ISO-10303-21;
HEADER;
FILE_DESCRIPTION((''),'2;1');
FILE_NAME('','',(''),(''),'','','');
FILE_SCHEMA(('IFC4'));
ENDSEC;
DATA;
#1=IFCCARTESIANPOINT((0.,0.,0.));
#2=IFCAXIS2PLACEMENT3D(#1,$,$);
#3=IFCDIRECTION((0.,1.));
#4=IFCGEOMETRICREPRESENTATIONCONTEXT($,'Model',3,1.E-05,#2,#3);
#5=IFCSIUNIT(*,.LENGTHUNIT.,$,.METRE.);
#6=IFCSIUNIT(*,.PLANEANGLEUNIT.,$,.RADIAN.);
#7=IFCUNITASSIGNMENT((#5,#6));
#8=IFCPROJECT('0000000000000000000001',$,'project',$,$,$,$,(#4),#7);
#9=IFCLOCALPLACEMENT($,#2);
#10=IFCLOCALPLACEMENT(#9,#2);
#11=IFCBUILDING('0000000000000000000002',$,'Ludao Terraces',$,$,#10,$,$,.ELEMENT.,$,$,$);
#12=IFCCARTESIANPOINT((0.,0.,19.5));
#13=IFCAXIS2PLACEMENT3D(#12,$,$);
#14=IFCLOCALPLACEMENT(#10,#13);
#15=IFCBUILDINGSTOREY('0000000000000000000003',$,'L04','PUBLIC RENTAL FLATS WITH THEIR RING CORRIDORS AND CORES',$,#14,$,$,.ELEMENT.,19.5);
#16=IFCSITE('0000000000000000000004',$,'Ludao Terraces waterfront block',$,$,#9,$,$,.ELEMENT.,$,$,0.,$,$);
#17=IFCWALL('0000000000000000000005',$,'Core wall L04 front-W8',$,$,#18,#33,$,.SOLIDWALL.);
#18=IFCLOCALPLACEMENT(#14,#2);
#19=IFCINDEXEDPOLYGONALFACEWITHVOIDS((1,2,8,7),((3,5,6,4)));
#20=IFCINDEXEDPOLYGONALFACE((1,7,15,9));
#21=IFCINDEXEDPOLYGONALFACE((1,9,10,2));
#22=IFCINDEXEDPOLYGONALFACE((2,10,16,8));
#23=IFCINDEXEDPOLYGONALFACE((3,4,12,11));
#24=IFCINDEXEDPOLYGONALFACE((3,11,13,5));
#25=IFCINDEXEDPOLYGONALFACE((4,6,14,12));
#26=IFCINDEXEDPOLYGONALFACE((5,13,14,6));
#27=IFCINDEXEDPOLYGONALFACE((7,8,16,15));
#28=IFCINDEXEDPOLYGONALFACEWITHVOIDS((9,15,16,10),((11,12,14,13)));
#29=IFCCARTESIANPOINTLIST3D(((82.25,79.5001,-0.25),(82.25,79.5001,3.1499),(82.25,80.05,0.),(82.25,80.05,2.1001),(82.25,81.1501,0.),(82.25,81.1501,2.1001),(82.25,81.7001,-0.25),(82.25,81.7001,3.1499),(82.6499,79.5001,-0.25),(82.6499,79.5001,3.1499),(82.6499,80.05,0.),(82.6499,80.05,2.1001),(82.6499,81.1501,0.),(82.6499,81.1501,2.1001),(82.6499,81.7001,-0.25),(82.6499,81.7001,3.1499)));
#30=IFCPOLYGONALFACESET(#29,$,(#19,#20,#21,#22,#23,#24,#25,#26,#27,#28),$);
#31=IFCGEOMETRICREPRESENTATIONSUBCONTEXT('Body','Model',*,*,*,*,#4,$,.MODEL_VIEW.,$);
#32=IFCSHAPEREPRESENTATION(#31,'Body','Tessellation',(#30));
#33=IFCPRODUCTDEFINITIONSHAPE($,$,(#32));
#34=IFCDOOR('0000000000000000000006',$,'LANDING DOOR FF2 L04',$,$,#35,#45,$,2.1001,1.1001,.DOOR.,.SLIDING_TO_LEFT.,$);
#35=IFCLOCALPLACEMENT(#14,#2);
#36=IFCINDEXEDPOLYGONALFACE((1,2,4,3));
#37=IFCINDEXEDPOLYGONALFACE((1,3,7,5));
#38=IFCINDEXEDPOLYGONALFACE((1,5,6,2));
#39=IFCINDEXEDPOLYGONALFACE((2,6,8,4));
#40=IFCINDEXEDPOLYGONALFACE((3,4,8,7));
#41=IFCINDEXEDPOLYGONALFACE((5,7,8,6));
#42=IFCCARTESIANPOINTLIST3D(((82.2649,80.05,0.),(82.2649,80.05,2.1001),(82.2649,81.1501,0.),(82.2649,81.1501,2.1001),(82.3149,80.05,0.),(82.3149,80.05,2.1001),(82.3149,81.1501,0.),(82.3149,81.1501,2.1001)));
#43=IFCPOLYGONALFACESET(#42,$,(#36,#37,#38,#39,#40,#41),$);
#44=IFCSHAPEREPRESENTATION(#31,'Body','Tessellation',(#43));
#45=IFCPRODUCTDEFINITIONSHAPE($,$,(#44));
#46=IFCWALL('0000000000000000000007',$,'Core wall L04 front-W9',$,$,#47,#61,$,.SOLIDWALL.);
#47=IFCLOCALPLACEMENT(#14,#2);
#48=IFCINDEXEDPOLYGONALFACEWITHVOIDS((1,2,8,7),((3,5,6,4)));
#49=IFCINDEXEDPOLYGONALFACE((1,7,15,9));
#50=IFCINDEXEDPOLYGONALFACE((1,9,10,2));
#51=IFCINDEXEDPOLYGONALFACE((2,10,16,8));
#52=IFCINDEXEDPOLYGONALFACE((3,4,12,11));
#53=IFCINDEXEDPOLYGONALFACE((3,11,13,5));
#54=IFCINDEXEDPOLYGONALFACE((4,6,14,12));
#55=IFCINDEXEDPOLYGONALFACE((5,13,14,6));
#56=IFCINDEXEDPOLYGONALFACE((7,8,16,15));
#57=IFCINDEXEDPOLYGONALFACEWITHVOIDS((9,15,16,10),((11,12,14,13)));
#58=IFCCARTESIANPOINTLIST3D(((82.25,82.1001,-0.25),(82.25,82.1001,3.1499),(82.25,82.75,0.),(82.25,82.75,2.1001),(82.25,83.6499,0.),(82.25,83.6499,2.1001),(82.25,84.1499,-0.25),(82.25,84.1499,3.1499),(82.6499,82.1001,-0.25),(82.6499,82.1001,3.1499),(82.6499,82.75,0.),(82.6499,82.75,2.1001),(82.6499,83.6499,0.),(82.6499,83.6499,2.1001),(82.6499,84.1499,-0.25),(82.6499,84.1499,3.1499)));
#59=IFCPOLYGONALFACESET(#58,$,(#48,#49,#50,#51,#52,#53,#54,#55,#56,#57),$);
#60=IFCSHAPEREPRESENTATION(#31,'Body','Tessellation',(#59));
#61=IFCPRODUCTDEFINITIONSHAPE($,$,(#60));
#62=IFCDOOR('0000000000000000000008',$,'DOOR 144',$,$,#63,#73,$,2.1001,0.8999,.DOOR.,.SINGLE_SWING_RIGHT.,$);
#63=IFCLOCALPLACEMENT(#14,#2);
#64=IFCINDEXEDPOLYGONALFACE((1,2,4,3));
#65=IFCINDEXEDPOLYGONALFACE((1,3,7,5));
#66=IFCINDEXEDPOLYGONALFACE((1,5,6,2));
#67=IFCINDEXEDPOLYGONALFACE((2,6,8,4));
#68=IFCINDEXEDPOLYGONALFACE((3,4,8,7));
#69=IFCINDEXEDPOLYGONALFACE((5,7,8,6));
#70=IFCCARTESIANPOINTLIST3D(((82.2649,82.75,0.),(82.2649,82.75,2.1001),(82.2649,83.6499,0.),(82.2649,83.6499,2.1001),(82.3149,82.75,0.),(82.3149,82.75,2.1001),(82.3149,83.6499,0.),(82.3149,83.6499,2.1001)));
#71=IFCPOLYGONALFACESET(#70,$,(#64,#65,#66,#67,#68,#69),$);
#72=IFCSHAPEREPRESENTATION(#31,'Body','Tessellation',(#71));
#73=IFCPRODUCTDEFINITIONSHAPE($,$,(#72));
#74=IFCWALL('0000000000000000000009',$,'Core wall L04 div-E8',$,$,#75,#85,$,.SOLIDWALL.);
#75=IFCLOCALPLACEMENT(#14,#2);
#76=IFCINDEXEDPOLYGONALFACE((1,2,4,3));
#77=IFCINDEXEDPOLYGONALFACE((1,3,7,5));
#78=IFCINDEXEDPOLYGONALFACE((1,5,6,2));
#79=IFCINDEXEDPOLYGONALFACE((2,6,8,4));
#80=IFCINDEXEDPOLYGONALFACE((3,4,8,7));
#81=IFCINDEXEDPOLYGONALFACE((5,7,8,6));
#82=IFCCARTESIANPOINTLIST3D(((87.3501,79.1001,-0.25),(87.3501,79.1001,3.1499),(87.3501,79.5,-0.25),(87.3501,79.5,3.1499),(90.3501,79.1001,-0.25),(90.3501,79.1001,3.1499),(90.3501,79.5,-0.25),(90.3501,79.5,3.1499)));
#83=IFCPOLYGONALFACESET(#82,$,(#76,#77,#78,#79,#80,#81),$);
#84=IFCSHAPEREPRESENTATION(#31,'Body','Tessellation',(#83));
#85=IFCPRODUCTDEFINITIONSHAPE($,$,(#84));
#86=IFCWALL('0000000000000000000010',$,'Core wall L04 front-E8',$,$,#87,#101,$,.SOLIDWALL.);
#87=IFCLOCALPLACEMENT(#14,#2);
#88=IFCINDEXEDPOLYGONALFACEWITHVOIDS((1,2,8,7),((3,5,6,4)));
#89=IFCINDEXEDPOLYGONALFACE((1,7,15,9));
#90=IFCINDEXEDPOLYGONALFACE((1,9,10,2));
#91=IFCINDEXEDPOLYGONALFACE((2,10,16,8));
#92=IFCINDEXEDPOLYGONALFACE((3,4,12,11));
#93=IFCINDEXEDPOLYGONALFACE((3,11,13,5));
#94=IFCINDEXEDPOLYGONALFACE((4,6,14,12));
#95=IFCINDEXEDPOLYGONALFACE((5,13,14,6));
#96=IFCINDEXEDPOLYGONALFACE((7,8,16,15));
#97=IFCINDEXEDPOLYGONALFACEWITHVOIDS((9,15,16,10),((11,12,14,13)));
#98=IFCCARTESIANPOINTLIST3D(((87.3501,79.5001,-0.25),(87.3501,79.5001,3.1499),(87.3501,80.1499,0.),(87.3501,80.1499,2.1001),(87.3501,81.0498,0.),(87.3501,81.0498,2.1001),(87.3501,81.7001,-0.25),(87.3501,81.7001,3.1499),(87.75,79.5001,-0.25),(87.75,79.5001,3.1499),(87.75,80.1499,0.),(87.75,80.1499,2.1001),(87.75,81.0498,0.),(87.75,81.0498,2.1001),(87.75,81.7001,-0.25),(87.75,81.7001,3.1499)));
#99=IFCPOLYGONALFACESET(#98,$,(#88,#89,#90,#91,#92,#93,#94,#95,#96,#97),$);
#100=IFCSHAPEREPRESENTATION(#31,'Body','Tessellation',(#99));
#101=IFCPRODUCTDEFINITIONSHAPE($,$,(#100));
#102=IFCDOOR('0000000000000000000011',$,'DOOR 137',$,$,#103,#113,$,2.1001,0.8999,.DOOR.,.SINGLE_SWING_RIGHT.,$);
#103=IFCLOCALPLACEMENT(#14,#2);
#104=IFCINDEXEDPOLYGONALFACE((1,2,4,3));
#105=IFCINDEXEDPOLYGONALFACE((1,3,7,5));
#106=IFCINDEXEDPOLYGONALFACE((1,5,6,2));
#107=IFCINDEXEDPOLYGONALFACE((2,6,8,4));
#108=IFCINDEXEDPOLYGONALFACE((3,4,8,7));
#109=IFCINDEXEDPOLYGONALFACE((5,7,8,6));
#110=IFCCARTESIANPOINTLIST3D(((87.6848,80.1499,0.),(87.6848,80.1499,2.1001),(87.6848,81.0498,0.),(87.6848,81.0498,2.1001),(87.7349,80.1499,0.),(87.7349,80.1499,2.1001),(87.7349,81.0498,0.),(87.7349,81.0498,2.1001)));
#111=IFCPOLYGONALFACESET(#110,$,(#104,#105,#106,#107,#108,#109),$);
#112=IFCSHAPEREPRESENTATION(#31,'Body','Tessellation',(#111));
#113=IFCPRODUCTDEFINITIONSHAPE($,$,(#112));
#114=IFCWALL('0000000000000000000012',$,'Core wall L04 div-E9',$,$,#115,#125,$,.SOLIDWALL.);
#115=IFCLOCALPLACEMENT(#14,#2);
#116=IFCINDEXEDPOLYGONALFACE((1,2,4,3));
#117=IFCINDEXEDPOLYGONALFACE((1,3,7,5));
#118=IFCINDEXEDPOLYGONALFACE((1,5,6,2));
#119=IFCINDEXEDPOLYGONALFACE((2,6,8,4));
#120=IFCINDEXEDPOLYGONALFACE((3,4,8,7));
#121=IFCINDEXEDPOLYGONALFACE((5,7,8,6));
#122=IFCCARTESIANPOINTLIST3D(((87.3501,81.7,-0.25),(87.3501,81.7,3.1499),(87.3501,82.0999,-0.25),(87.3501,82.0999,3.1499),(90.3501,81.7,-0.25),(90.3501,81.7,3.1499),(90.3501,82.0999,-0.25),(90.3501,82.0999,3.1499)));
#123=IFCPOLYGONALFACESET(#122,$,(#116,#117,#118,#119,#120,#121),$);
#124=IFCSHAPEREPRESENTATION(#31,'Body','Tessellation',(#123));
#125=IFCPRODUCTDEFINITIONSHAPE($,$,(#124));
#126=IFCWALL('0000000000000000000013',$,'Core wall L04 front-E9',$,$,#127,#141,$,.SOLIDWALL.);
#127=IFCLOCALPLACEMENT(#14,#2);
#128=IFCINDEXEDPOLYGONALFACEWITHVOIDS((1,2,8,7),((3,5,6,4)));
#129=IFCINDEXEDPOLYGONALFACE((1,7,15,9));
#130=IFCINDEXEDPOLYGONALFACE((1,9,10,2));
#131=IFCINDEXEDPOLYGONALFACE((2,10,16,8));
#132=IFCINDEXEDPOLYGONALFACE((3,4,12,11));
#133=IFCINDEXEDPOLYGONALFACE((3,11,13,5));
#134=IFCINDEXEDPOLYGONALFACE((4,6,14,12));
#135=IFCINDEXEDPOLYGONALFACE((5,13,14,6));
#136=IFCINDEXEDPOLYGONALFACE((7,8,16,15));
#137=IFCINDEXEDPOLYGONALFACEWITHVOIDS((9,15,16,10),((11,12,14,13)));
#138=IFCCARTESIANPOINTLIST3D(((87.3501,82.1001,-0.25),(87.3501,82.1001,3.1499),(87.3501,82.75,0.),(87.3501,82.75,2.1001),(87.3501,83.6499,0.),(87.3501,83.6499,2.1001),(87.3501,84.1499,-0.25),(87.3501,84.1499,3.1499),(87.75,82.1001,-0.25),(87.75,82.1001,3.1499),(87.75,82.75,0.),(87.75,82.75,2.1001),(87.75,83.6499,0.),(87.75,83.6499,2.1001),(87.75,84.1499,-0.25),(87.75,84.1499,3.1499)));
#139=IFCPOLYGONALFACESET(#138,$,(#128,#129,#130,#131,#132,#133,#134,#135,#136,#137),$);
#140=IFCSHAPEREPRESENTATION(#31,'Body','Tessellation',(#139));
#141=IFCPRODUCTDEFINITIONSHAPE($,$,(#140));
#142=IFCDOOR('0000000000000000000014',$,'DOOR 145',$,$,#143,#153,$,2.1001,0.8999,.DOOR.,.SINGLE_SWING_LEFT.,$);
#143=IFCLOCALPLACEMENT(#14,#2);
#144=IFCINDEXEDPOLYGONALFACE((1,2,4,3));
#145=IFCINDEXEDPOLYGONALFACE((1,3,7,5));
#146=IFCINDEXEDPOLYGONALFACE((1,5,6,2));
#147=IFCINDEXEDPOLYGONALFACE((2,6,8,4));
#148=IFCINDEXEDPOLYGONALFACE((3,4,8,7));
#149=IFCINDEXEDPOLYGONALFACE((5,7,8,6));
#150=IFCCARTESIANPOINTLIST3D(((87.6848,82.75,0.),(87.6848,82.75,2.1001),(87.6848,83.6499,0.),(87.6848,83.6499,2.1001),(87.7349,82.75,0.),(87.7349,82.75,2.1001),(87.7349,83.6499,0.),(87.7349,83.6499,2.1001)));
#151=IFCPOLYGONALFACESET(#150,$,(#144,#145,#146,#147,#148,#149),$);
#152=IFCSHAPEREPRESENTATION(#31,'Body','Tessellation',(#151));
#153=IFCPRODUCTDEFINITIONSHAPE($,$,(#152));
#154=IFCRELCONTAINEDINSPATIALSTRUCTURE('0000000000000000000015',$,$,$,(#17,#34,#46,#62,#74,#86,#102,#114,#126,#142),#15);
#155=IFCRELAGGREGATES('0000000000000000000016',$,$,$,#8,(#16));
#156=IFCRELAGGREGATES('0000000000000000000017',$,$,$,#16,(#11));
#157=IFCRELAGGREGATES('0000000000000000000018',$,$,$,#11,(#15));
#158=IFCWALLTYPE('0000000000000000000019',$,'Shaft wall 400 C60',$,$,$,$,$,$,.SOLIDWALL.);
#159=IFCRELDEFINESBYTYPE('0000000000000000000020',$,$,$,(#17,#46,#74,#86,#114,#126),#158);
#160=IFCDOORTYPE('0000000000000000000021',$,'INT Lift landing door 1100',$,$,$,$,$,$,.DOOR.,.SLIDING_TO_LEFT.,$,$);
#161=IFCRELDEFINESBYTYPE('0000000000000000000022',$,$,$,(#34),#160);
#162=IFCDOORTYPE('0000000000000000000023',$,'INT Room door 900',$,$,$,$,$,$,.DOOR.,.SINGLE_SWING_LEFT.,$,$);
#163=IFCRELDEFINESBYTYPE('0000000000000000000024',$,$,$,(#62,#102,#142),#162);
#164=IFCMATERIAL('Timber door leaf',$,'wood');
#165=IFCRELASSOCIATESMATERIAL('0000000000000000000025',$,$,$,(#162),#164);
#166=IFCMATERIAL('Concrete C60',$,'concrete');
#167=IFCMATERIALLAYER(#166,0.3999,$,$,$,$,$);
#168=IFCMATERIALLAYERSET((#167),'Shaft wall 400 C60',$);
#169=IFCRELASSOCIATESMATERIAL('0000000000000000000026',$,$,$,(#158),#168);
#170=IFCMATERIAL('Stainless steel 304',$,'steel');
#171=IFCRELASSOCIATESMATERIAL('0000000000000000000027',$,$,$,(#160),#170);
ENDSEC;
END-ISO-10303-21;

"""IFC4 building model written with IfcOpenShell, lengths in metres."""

from ifc_helpers import new_model, si_unit, direction, frame, frame_2d, origin, place, context, subcontext, project, spatial, rectangle, extrude, material, layer, layer_set, type_object, element, fill, save


model = new_model("IFC4")

# Units and contexts
model_context = context("Model", 3, precision=1e-05, world=origin(), true_north=direction((0.0, 1.0)))
body_context = subcontext(model_context, "Body", "Model", "MODEL_VIEW")
ifc_project = project(units=[si_unit("LENGTHUNIT", "METRE"), si_unit("PLANEANGLEUNIT", "RADIAN")], contexts=[model_context])

# Site, building, storey
site_placement = place(None, origin())
site = spatial("IfcSite", under=ifc_project, at=site_placement, Name="Ludao Terraces waterfront block", CompositionType="ELEMENT", RefElevation=0.0)
building_placement = place(site_placement, origin())
building = spatial("IfcBuilding", under=site, at=building_placement, Name="Ludao Terraces", CompositionType="ELEMENT")
storey_placement = place(building_placement, frame((0.0, 0.0, 19.5)))
storey = spatial("IfcBuildingStorey", under=building, at=storey_placement, Name="L04", Description="PUBLIC RENTAL FLATS WITH THEIR RING CORRIDORS AND CORES", CompositionType="ELEMENT", Elevation=19.5)

# Shared definitions
ifc_material_1 = material(Name="Concrete C60", Category="concrete")

# Shared definitions
ifc_material_2 = material(Name="Timber door leaf", Category="wood")
door_type_1 = type_object("IfcDoorType", Name="INT Room door 900", OperationType="SINGLE_SWING_LEFT", PredefinedType="DOOR", material=ifc_material_2)

# Walls, openings, doors
ifc_layer_1 = layer(ifc_material_1, 0.3999)
ifc_layer_set_1 = layer_set([ifc_layer_1], Name="Shaft wall 400 C60")
wall_type_1 = type_object("IfcWallType", Name="Shaft wall 400 C60", PredefinedType="SOLIDWALL", material=ifc_layer_set_1)
wall_1_placement = place(storey_placement, frame((82.45, 79.5, -0.25), z_axis=(0.0, 0.0, 1.0), x_axis=(0.0, 1.0, 0.0)))
wall_1 = element("IfcWall", 1, at=wall_1_placement, inside=storey, type_object=wall_type_1, Name="Core wall L04 front-W8", PredefinedType="SOLIDWALL", context=body_context, shape_type="SweptSolid", body=[
    extrude(rectangle(XDim=2.2, YDim=0.3999, at=frame_2d((1.1001, 0.0))), origin(), (0.0, 0.0, 1.0), 3.3999),
])
opening_1_placement = place(wall_1_placement, frame((0.55, 0.0, 0.25)))
opening_1 = element("IfcOpeningElement", 2, at=opening_1_placement, cuts=wall_1, PredefinedType="OPENING", context=body_context, shape_type="SweptSolid", body=[
    extrude(rectangle(XDim=1.1001, YDim=2.1001, at=frame_2d((0.55, 1.05))), frame((0.0, 0.21, 0.0), z_axis=(0.0, -1.0, 0.0), x_axis=(1.0, 0.0, 0.0)), (0.0, 0.0, 1.0), 0.4199),
])
ifc_material_3 = material(Name="Stainless steel 304", Category="steel")
door_type_2 = type_object("IfcDoorType", Name="INT Lift landing door 1100", OperationType="SLIDING_TO_LEFT", PredefinedType="DOOR", material=ifc_material_3)
door_1_placement = place(opening_1_placement, origin())
door_1 = element("IfcDoor", 3, at=door_1_placement, inside=storey, type_object=door_type_2, Name="LANDING DOOR FF2 L04", OperationType="SLIDING_TO_LEFT", OverallHeight=2.1001, OverallWidth=1.1001, PredefinedType="DOOR", context=body_context, shape_type="SweptSolid", body=[
    extrude(rectangle(XDim=1.1001, YDim=2.1001, at=frame_2d((0.55, 1.05))), frame((0.0, 0.1851, 0.0), z_axis=(0.0, -1.0, 0.0), x_axis=(1.0, 0.0, 0.0)), (0.0, 0.0, 1.0), 0.05),
])
fill(opening_1, door_1)
wall_2_placement = place(storey_placement, frame((82.45, 82.1001, -0.25), z_axis=(0.0, 0.0, 1.0), x_axis=(0.0, 1.0, 0.0)))
wall_2 = element("IfcWall", 4, at=wall_2_placement, inside=storey, type_object=wall_type_1, Name="Core wall L04 front-W9", PredefinedType="SOLIDWALL", context=body_context, shape_type="SweptSolid", body=[
    extrude(rectangle(XDim=2.0498, YDim=0.3999, at=frame_2d((1.0249, 0.0))), origin(), (0.0, 0.0, 1.0), 3.3999),
])
opening_2_placement = place(wall_2_placement, frame((0.6499, 0.0, 0.25)))
opening_2 = element("IfcOpeningElement", 5, at=opening_2_placement, cuts=wall_2, PredefinedType="OPENING", context=body_context, shape_type="SweptSolid", body=[
    extrude(rectangle(XDim=0.8999, YDim=2.1001, at=frame_2d((0.45, 1.05))), frame((0.0, 0.21, 0.0), z_axis=(0.0, -1.0, 0.0), x_axis=(1.0, 0.0, 0.0)), (0.0, 0.0, 1.0), 0.4199),
])
door_2_placement = place(opening_2_placement, origin())
door_2 = element("IfcDoor", 6, at=door_2_placement, inside=storey, type_object=door_type_1, Name="DOOR 144", OperationType="SINGLE_SWING_RIGHT", OverallHeight=2.1001, OverallWidth=0.8999, PredefinedType="DOOR", context=body_context, shape_type="SweptSolid", body=[
    extrude(rectangle(XDim=0.8999, YDim=2.1001, at=frame_2d((0.45, 1.05))), frame((0.0, 0.1851, 0.0), z_axis=(0.0, -1.0, 0.0), x_axis=(1.0, 0.0, 0.0)), (0.0, 0.0, 1.0), 0.05),
])
fill(opening_2, door_2)

# Wall
wall_3_placement = place(storey_placement, frame((87.3501, 79.3, -0.25), z_axis=(0.0, 0.0, 1.0), x_axis=(1.0, 0.0, 0.0)))
element("IfcWall", 7, at=wall_3_placement, inside=storey, type_object=wall_type_1, Name="Core wall L04 div-E8", PredefinedType="SOLIDWALL", context=body_context, shape_type="SweptSolid", body=[
    extrude(rectangle(XDim=3.0, YDim=0.3999, at=frame_2d((1.5, 0.0))), origin(), (0.0, 0.0, 1.0), 3.3999),
])

# Wall, opening, door
wall_4_placement = place(storey_placement, frame((87.55, 79.5, -0.25), z_axis=(0.0, 0.0, 1.0), x_axis=(0.0, 1.0, 0.0)))
wall_4 = element("IfcWall", 8, at=wall_4_placement, inside=storey, type_object=wall_type_1, Name="Core wall L04 front-E8", PredefinedType="SOLIDWALL", context=body_context, shape_type="SweptSolid", body=[
    extrude(rectangle(XDim=2.2, YDim=0.3999, at=frame_2d((1.1001, 0.0))), origin(), (0.0, 0.0, 1.0), 3.3999),
])
opening_3_placement = place(wall_4_placement, frame((0.6499, 0.0, 0.25)))
opening_3 = element("IfcOpeningElement", 9, at=opening_3_placement, cuts=wall_4, PredefinedType="OPENING", context=body_context, shape_type="SweptSolid", body=[
    extrude(rectangle(XDim=0.8999, YDim=2.1001, at=frame_2d((0.45, 1.05))), frame((0.0, 0.21, 0.0), z_axis=(0.0, -1.0, 0.0), x_axis=(1.0, 0.0, 0.0)), (0.0, 0.0, 1.0), 0.4199),
])
door_3_placement = place(opening_3_placement, origin())
door_3 = element("IfcDoor", 10, at=door_3_placement, inside=storey, type_object=door_type_1, Name="DOOR 137", OperationType="SINGLE_SWING_RIGHT", OverallHeight=2.1001, OverallWidth=0.8999, PredefinedType="DOOR", context=body_context, shape_type="SweptSolid", body=[
    extrude(rectangle(XDim=0.8999, YDim=2.1001, at=frame_2d((0.45, 1.05))), frame((0.0, -0.1348, 0.0), z_axis=(0.0, -1.0, 0.0), x_axis=(1.0, 0.0, 0.0)), (0.0, 0.0, 1.0), 0.05),
])
fill(opening_3, door_3)

# Wall
wall_5_placement = place(storey_placement, frame((87.3501, 81.8999, -0.25), z_axis=(0.0, 0.0, 1.0), x_axis=(1.0, 0.0, 0.0)))
element("IfcWall", 11, at=wall_5_placement, inside=storey, type_object=wall_type_1, Name="Core wall L04 div-E9", PredefinedType="SOLIDWALL", context=body_context, shape_type="SweptSolid", body=[
    extrude(rectangle(XDim=3.0, YDim=0.3999, at=frame_2d((1.5, 0.0))), origin(), (0.0, 0.0, 1.0), 3.3999),
])

# Wall, opening, door
wall_6_placement = place(storey_placement, frame((87.55, 82.1001, -0.25), z_axis=(0.0, 0.0, 1.0), x_axis=(0.0, 1.0, 0.0)))
wall_6 = element("IfcWall", 12, at=wall_6_placement, inside=storey, type_object=wall_type_1, Name="Core wall L04 front-E9", PredefinedType="SOLIDWALL", context=body_context, shape_type="SweptSolid", body=[
    extrude(rectangle(XDim=2.0498, YDim=0.3999, at=frame_2d((1.0249, 0.0))), origin(), (0.0, 0.0, 1.0), 3.3999),
])
opening_4_placement = place(wall_6_placement, frame((0.6499, 0.0, 0.25)))
opening_4 = element("IfcOpeningElement", 13, at=opening_4_placement, cuts=wall_6, PredefinedType="OPENING", context=body_context, shape_type="SweptSolid", body=[
    extrude(rectangle(XDim=0.8999, YDim=2.1001, at=frame_2d((0.45, 1.05))), frame((0.0, 0.21, 0.0), z_axis=(0.0, -1.0, 0.0), x_axis=(1.0, 0.0, 0.0)), (0.0, 0.0, 1.0), 0.4199),
])
door_4_placement = place(opening_4_placement, origin())
door_4 = element("IfcDoor", 14, at=door_4_placement, inside=storey, type_object=door_type_1, Name="DOOR 145", OperationType="SINGLE_SWING_LEFT", OverallHeight=2.1001, OverallWidth=0.8999, PredefinedType="DOOR", context=body_context, shape_type="SweptSolid", body=[
    extrude(rectangle(XDim=0.8999, YDim=2.1001, at=frame_2d((0.45, 1.05))), frame((0.0, -0.1348, 0.0), z_axis=(0.0, -1.0, 0.0), x_axis=(1.0, 0.0, 0.0)), (0.0, 0.0, 1.0), 0.05),
])
fill(opening_4, door_4)

save(model, "model.ifc")
